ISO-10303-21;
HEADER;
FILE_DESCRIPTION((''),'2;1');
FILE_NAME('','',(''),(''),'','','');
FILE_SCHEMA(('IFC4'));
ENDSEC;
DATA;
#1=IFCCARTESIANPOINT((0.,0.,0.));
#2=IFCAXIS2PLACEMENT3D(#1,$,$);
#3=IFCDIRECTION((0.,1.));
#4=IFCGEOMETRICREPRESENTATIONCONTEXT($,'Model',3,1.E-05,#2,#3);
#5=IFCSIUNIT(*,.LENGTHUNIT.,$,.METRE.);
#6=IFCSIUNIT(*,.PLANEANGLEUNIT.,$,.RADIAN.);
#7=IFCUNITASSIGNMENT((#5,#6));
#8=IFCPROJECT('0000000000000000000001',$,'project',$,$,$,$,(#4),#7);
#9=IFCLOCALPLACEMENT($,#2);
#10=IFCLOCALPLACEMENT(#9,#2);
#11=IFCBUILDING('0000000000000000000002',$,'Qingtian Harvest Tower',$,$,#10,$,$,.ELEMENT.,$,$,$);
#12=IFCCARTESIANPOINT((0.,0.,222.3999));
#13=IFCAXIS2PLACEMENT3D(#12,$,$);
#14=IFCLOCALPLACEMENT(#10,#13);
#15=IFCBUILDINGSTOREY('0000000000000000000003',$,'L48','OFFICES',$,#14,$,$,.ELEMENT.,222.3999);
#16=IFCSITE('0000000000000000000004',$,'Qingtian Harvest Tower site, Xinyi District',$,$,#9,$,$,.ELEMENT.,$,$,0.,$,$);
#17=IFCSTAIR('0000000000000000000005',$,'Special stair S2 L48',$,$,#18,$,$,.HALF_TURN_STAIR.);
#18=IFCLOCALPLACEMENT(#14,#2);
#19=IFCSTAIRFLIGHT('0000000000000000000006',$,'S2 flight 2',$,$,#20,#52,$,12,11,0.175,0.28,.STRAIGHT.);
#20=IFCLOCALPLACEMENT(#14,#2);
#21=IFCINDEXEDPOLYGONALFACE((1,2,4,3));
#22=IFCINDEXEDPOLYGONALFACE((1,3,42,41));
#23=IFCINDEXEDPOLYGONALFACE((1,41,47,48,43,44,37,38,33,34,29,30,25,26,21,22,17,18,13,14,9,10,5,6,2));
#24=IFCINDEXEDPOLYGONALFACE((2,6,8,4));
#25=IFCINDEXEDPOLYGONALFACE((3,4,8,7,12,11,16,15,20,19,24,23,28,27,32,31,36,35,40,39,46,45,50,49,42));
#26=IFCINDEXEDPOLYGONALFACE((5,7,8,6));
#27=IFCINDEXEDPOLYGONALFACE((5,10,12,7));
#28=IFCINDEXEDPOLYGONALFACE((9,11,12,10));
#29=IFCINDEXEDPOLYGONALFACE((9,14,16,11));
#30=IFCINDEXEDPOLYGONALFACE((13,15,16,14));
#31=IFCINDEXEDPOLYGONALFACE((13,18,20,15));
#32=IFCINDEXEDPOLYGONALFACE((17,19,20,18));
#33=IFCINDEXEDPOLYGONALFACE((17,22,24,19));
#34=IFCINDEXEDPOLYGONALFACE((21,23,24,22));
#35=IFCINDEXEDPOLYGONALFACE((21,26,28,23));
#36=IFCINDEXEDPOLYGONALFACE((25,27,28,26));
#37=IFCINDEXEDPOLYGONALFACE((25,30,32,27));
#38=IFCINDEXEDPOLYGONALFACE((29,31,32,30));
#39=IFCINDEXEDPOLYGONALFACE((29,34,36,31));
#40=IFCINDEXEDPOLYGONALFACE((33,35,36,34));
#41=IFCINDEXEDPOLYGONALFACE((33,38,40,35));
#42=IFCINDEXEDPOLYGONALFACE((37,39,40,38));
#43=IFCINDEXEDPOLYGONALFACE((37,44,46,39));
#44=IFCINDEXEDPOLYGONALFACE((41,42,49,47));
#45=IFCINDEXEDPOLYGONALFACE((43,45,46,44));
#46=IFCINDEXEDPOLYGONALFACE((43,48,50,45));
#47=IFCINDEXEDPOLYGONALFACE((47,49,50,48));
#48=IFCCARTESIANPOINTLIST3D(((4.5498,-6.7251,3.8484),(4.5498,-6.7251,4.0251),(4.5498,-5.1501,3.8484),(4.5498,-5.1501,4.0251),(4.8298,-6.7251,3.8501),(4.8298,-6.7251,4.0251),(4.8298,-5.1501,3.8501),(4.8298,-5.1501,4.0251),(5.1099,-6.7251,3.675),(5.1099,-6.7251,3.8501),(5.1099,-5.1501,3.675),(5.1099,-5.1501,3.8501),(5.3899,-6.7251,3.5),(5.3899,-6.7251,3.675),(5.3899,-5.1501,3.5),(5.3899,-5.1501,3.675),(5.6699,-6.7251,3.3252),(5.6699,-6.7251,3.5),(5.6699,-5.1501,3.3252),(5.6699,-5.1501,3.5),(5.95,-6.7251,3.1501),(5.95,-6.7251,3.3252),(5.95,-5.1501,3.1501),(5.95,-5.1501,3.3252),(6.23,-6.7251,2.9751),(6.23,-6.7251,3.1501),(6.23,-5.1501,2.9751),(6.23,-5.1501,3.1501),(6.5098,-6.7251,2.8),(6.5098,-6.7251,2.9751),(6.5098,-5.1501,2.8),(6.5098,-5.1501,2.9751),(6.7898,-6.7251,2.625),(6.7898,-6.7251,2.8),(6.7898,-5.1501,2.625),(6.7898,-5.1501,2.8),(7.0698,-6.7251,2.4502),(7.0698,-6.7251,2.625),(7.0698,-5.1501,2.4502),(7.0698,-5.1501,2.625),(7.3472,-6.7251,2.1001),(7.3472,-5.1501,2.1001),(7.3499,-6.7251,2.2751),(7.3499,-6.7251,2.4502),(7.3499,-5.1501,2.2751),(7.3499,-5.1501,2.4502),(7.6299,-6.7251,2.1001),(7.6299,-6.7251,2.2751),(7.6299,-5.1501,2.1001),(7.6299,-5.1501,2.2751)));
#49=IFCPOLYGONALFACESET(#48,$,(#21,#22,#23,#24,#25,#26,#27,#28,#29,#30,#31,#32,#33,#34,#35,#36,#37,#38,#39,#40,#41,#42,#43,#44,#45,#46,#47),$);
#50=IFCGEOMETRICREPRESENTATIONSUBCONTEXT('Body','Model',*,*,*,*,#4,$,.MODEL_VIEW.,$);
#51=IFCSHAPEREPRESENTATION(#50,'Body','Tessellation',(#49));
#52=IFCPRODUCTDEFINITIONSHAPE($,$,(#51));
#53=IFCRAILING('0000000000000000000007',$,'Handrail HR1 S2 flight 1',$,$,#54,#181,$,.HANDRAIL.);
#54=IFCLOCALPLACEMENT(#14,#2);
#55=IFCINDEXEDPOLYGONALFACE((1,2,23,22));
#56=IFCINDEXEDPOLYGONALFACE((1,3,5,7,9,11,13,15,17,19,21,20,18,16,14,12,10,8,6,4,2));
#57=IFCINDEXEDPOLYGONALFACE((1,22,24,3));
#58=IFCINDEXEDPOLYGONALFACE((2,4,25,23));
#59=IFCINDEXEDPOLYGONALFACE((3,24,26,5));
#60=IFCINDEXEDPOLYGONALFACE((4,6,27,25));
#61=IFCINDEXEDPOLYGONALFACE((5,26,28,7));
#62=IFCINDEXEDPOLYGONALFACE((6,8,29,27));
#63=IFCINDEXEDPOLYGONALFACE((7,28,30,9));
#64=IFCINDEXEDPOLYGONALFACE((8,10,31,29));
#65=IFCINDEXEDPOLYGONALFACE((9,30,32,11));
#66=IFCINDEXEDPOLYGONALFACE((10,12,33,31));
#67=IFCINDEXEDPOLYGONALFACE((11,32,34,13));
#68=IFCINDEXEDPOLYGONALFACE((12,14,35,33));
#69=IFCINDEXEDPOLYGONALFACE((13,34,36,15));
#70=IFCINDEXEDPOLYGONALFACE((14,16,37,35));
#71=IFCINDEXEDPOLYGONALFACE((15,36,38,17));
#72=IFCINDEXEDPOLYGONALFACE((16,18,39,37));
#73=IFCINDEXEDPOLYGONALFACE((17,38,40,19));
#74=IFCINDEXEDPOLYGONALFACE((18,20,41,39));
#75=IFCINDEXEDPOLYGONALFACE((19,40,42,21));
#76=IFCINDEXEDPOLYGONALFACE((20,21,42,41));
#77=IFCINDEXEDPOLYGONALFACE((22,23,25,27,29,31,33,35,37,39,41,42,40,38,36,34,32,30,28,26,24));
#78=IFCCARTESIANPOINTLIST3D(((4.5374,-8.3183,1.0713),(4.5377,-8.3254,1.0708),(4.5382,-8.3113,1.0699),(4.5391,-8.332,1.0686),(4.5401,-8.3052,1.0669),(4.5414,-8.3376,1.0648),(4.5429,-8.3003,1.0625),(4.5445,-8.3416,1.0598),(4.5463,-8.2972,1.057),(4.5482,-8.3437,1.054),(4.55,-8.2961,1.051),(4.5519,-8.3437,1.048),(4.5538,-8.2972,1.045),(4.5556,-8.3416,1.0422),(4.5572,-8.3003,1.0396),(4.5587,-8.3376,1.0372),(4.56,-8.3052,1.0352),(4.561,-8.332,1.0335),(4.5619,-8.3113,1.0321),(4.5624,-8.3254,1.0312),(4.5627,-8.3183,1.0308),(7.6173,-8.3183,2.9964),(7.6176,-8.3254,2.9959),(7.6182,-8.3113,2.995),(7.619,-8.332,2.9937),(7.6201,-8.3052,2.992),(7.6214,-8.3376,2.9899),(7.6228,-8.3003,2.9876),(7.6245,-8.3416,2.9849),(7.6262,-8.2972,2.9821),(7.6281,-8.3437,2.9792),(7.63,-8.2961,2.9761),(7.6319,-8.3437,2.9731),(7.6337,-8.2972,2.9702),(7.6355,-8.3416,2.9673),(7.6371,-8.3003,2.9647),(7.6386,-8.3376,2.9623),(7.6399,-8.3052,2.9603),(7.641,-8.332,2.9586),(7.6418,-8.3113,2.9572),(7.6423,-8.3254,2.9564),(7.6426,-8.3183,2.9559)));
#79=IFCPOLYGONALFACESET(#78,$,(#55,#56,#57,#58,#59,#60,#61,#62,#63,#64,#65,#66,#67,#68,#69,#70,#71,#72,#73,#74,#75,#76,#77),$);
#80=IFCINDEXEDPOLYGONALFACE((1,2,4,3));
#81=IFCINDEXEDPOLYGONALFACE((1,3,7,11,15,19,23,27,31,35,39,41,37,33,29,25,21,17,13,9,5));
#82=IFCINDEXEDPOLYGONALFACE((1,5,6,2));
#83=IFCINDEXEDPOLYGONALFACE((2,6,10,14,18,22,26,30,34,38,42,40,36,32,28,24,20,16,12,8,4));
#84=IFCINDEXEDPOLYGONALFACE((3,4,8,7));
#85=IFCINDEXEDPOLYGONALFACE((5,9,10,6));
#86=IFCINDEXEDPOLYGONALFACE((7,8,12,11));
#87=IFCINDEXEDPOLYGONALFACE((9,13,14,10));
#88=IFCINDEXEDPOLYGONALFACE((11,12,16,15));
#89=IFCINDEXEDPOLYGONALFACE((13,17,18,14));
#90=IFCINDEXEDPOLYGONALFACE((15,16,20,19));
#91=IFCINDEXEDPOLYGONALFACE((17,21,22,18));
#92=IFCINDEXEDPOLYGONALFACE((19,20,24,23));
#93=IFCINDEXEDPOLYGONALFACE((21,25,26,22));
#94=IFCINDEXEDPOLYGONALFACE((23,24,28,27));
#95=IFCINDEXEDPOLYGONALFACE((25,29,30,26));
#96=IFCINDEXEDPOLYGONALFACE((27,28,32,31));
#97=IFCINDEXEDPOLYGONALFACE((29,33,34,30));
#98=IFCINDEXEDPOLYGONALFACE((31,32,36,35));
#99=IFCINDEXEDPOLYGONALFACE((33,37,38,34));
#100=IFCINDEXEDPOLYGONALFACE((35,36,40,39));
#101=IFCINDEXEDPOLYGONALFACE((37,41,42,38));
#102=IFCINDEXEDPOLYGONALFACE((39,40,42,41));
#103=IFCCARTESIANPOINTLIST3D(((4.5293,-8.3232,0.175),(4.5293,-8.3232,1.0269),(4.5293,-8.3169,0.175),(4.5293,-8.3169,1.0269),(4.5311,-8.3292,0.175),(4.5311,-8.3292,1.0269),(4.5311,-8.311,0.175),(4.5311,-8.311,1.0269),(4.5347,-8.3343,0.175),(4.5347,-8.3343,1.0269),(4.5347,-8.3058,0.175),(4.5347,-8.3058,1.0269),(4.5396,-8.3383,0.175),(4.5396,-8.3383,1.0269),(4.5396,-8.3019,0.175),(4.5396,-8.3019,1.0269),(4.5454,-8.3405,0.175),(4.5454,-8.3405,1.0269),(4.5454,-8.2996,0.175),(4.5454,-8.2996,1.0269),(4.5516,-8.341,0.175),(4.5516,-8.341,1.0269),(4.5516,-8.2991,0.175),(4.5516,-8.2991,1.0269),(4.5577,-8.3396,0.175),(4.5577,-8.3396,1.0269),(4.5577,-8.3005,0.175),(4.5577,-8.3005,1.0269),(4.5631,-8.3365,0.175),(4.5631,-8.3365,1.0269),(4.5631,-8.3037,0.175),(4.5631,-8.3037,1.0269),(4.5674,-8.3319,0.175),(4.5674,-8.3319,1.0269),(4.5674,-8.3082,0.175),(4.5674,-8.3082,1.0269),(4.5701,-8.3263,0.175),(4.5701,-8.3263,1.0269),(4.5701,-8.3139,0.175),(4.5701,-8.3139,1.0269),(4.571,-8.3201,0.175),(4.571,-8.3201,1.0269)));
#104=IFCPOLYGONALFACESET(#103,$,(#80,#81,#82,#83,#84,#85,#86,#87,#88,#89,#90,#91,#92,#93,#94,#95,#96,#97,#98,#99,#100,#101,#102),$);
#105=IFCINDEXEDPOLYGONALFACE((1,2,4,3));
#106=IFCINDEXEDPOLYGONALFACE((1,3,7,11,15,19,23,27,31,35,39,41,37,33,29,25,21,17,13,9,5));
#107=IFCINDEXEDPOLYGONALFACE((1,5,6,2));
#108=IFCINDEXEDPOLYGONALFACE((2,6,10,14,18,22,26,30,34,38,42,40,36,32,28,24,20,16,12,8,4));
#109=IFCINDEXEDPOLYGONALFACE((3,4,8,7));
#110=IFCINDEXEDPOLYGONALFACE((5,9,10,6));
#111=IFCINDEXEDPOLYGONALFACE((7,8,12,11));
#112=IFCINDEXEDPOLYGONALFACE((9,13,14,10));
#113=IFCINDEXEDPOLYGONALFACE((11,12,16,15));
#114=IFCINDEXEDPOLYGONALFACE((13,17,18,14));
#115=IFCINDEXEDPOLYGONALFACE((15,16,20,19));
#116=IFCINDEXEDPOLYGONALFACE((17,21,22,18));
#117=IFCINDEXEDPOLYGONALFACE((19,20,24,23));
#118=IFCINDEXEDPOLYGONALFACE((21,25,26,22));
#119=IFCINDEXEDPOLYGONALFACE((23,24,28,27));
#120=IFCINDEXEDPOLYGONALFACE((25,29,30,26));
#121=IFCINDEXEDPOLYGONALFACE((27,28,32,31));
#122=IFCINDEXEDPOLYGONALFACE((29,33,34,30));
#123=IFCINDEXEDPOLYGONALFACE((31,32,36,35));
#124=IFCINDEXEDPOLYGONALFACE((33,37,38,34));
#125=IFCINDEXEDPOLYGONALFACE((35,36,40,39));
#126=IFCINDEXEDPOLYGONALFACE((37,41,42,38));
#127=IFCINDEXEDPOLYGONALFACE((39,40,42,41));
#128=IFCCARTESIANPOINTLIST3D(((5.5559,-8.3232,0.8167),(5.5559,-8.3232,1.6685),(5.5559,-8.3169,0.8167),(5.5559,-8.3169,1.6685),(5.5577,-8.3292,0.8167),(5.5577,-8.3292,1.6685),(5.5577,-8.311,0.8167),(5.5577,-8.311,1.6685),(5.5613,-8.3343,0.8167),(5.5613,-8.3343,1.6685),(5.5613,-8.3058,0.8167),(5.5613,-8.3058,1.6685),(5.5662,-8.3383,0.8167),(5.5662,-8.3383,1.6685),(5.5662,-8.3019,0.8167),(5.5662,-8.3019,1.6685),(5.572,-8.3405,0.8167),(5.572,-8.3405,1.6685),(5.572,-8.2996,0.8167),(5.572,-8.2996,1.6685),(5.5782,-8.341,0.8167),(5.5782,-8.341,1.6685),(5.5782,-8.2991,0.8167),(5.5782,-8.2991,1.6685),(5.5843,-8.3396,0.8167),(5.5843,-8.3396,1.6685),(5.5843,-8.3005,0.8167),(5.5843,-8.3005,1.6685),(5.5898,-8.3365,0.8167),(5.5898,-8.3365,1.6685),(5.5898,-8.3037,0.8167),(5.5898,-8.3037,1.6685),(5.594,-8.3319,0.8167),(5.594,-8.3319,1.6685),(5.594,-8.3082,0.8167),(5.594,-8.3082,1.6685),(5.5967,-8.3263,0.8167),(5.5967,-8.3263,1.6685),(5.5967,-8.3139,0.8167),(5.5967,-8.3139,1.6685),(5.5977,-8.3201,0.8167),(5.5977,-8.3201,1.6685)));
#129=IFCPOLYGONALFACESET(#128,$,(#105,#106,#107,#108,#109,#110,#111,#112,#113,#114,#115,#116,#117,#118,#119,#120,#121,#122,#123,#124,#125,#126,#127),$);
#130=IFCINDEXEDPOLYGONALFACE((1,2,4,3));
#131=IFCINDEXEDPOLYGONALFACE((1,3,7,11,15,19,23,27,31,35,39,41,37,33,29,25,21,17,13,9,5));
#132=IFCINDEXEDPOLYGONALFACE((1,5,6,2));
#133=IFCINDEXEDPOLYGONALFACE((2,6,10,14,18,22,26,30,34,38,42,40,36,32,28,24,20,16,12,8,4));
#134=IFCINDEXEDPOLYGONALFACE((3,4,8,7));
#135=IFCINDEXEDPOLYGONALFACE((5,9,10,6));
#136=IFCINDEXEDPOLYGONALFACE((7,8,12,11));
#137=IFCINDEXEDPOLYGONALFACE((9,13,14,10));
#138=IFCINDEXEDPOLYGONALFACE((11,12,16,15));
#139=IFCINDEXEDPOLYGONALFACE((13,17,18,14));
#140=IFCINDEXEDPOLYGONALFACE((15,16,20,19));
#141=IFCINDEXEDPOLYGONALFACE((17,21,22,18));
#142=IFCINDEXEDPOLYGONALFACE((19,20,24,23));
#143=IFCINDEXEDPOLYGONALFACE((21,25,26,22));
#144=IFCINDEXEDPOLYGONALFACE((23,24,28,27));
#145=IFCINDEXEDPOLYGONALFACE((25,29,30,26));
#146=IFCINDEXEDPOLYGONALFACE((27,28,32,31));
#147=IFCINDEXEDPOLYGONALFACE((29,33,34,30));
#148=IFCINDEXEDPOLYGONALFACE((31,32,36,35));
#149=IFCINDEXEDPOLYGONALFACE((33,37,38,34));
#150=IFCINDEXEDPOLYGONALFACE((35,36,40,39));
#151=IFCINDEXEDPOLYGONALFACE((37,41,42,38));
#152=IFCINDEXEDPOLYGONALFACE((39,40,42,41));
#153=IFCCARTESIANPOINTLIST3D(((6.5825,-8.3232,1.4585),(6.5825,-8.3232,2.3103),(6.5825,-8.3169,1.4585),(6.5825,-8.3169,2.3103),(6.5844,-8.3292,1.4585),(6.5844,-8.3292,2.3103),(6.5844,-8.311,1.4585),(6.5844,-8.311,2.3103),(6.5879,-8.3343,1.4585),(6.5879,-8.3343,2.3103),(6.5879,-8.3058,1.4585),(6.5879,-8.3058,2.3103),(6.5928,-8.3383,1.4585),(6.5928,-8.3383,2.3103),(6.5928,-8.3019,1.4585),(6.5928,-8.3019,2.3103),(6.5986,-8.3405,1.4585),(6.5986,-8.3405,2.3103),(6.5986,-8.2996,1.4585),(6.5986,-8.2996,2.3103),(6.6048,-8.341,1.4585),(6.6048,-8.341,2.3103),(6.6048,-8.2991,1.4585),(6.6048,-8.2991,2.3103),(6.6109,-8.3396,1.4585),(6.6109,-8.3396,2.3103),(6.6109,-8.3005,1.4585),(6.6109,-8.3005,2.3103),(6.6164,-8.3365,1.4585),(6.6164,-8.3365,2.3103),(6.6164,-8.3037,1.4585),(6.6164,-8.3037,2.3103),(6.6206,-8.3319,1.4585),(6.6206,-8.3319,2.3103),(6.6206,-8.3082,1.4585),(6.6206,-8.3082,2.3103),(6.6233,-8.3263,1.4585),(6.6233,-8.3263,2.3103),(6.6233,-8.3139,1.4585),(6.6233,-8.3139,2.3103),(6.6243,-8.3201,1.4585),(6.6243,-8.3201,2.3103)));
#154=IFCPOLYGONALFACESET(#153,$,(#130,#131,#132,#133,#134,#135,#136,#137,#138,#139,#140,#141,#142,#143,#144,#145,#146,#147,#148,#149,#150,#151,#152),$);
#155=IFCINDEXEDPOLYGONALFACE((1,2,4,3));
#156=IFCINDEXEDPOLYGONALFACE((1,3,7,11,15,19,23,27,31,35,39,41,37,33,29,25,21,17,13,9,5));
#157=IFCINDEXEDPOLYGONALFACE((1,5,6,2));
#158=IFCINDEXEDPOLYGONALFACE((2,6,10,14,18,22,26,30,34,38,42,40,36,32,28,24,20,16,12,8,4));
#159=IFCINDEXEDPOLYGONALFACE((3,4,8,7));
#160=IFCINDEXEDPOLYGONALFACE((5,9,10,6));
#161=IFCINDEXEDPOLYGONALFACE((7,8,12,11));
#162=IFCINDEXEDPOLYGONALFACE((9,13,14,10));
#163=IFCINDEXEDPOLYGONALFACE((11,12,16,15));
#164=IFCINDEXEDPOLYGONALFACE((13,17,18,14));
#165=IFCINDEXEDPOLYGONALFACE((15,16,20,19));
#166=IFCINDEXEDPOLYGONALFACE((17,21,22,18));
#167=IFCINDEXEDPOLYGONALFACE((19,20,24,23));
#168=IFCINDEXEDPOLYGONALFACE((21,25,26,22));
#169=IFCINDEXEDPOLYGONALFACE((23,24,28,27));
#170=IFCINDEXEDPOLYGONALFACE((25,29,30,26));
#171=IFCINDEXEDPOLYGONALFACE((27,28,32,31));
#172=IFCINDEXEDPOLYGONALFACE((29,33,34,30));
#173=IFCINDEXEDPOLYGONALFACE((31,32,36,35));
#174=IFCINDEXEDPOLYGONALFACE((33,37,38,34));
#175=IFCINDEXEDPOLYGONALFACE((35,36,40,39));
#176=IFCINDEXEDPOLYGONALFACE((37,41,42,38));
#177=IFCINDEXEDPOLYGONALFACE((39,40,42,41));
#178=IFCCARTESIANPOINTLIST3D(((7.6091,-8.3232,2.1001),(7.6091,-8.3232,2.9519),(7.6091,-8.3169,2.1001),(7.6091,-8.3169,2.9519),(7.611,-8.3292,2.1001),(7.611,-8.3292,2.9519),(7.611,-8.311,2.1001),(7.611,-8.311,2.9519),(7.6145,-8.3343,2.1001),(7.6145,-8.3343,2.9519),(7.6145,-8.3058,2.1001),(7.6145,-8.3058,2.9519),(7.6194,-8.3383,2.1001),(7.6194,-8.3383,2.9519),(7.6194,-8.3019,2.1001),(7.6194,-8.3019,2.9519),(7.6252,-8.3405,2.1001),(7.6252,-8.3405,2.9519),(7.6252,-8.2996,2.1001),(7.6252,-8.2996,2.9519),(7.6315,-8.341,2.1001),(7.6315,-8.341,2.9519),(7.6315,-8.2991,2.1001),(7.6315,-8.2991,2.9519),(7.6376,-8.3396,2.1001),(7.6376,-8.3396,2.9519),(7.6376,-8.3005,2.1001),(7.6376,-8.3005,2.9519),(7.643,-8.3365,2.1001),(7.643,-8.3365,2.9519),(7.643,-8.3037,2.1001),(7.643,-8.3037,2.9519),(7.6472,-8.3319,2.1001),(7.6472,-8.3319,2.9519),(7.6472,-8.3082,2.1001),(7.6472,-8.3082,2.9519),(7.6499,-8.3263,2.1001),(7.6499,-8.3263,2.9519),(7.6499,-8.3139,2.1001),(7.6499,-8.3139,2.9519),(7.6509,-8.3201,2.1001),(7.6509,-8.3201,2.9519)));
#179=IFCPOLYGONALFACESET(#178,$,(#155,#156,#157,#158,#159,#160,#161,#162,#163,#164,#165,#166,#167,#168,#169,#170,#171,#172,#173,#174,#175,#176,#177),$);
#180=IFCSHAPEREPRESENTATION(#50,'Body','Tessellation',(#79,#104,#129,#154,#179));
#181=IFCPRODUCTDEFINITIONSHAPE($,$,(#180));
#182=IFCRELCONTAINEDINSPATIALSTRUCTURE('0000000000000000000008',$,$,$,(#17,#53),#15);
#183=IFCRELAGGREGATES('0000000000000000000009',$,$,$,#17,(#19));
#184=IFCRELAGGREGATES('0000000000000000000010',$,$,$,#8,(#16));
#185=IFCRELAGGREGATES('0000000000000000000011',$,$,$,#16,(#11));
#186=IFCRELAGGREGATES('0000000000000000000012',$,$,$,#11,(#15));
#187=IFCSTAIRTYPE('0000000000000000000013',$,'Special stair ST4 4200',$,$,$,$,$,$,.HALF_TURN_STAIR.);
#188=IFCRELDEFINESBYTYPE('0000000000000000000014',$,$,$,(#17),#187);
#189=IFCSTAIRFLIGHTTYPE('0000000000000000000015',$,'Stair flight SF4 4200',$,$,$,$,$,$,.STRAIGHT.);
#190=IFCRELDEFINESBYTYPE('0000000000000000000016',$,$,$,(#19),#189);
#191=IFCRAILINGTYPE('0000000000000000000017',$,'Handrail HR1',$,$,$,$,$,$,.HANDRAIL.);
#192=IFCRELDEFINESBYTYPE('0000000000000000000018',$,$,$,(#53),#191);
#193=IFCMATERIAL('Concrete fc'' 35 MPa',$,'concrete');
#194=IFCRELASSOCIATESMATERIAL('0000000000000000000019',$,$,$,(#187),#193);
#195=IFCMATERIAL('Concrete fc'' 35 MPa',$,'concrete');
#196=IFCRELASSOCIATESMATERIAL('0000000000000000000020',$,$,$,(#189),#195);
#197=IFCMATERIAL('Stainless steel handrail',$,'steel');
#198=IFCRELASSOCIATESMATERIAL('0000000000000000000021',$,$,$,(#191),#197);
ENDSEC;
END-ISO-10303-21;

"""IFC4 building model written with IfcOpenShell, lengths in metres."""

from ifc_helpers import new_model, si_unit, direction, frame, origin, origin_2d, place, context, subcontext, project, spatial, polyline, circle, outline, extrude, material, type_object, element, aggregate, save


model = new_model("IFC4")

# Units and contexts
model_context = context("Model", 3, precision=1e-05, world=origin(), true_north=direction((0.0, 1.0)))
body_context = subcontext(model_context, "Body", "Model", "MODEL_VIEW")
ifc_project = project(units=[si_unit("LENGTHUNIT", "METRE"), si_unit("PLANEANGLEUNIT", "RADIAN")], contexts=[model_context])

# Site, building, storey
site_placement = place(None, origin())
site = spatial("IfcSite", under=ifc_project, at=site_placement, Name="Qingtian Harvest Tower site, Xinyi District", CompositionType="ELEMENT", RefElevation=0.0)
building_placement = place(site_placement, origin())
building = spatial("IfcBuilding", under=site, at=building_placement, Name="Qingtian Harvest Tower", CompositionType="ELEMENT")
storey_placement = place(building_placement, frame((0.0, 0.0, 222.3999)))
storey = spatial("IfcBuildingStorey", under=building, at=storey_placement, Name="L48", Description="OFFICES", CompositionType="ELEMENT", Elevation=222.3999)

# Stair, stair flight
ifc_material_1 = material(Name="Concrete fc' 35 MPa", Category="concrete")
stair_type = type_object("IfcStairType", Name="Special stair ST4 4200", PredefinedType="HALF_TURN_STAIR", material=ifc_material_1)
stair_placement = place(storey_placement, origin())
stair = element("IfcStair", 1, at=stair_placement, inside=storey, type_object=stair_type, Name="Special stair S2 L48", PredefinedType="HALF_TURN_STAIR")
ifc_material_2 = material(Name="Concrete fc' 35 MPa", Category="concrete")
stair_flight_type = type_object("IfcStairFlightType", Name="Stair flight SF4 4200", PredefinedType="STRAIGHT", material=ifc_material_2)
stair_flight_1_placement = place(storey_placement, frame((7.6299, -5.9375, 2.1001), z_axis=(0.0, 0.0, 1.0), x_axis=(-1.0, 0.0, 0.0)))
stair_flight_1 = element("IfcStairFlight", 2, at=stair_flight_1_placement, type_object=stair_flight_type, Name="S2 flight 2", NumberOfRisers=12, NumberOfTreads=11, PredefinedType="STRAIGHT", RiserHeight=0.175, TreadLength=0.28, context=body_context, shape_type="SweptSolid", body=[
    extrude(outline(polyline([(0.0, 0.0), (0.0, 0.175), (0.28, 0.175), (0.28, 0.3501), (0.5601, 0.3501), (0.5601, 0.5249), (0.8401, 0.5249), (0.8401, 0.7), (1.1201, 0.7), (1.1201, 0.875), (1.3999, 0.875), (1.3999, 1.05), (1.6799, 1.05), (1.6799, 1.2251), (1.96, 1.2251), (1.96, 1.3999), (2.24, 1.3999), (2.24, 1.575), (2.52, 1.575), (2.52, 1.75), (2.8, 1.75), (2.8, 1.925), (3.0801, 1.925), (3.0801, 2.1001), (3.0801, 1.7483), (0.2827, 0.0), (0.0, 0.0)])), frame((0.0, 0.7876, 0.0), z_axis=(0.0, -1.0, 0.0), x_axis=(1.0, 0.0, 0.0)), (0.0, 0.0, 1.0), 1.575),
])
aggregate(stair, [stair_flight_1])

# Railing
ifc_material_3 = material(Name="Stainless steel handrail", Category="steel")
railing_type = type_object("IfcRailingType", Name="Handrail HR1", PredefinedType="HANDRAIL", material=ifc_material_3)
railing_1_placement = place(storey_placement, frame((4.55, -8.3201, 0.175)))
element("IfcRailing", 3, at=railing_1_placement, inside=storey, type_object=railing_type, Name="Handrail HR1 S2 flight 1", PredefinedType="HANDRAIL", context=body_context, shape_type="SweptSolid", body=[
    extrude(circle(Radius=0.0239, at=origin_2d()), frame((0.0, 0.0, 0.876), z_axis=(0.847979, 0.0, 0.530029), x_axis=(0.0, 1.0, 0.0)), (0.0, 0.0, 1.0), 3.6321),
    extrude(circle(Radius=0.021, at=origin_2d()), origin(), (0.0, 0.0, 1.0), 0.8518),
    extrude(circle(Radius=0.021, at=origin_2d()), frame((1.0266, 0.0, 0.6416)), (0.0, 0.0, 1.0), 0.8518),
    extrude(circle(Radius=0.021, at=origin_2d()), frame((2.0532, 0.0, 1.2834)), (0.0, 0.0, 1.0), 0.8518),
    extrude(circle(Radius=0.021, at=origin_2d()), frame((3.0798, 0.0, 1.925)), (0.0, 0.0, 1.0), 0.8518),
])

save(model, "model.ifc")
